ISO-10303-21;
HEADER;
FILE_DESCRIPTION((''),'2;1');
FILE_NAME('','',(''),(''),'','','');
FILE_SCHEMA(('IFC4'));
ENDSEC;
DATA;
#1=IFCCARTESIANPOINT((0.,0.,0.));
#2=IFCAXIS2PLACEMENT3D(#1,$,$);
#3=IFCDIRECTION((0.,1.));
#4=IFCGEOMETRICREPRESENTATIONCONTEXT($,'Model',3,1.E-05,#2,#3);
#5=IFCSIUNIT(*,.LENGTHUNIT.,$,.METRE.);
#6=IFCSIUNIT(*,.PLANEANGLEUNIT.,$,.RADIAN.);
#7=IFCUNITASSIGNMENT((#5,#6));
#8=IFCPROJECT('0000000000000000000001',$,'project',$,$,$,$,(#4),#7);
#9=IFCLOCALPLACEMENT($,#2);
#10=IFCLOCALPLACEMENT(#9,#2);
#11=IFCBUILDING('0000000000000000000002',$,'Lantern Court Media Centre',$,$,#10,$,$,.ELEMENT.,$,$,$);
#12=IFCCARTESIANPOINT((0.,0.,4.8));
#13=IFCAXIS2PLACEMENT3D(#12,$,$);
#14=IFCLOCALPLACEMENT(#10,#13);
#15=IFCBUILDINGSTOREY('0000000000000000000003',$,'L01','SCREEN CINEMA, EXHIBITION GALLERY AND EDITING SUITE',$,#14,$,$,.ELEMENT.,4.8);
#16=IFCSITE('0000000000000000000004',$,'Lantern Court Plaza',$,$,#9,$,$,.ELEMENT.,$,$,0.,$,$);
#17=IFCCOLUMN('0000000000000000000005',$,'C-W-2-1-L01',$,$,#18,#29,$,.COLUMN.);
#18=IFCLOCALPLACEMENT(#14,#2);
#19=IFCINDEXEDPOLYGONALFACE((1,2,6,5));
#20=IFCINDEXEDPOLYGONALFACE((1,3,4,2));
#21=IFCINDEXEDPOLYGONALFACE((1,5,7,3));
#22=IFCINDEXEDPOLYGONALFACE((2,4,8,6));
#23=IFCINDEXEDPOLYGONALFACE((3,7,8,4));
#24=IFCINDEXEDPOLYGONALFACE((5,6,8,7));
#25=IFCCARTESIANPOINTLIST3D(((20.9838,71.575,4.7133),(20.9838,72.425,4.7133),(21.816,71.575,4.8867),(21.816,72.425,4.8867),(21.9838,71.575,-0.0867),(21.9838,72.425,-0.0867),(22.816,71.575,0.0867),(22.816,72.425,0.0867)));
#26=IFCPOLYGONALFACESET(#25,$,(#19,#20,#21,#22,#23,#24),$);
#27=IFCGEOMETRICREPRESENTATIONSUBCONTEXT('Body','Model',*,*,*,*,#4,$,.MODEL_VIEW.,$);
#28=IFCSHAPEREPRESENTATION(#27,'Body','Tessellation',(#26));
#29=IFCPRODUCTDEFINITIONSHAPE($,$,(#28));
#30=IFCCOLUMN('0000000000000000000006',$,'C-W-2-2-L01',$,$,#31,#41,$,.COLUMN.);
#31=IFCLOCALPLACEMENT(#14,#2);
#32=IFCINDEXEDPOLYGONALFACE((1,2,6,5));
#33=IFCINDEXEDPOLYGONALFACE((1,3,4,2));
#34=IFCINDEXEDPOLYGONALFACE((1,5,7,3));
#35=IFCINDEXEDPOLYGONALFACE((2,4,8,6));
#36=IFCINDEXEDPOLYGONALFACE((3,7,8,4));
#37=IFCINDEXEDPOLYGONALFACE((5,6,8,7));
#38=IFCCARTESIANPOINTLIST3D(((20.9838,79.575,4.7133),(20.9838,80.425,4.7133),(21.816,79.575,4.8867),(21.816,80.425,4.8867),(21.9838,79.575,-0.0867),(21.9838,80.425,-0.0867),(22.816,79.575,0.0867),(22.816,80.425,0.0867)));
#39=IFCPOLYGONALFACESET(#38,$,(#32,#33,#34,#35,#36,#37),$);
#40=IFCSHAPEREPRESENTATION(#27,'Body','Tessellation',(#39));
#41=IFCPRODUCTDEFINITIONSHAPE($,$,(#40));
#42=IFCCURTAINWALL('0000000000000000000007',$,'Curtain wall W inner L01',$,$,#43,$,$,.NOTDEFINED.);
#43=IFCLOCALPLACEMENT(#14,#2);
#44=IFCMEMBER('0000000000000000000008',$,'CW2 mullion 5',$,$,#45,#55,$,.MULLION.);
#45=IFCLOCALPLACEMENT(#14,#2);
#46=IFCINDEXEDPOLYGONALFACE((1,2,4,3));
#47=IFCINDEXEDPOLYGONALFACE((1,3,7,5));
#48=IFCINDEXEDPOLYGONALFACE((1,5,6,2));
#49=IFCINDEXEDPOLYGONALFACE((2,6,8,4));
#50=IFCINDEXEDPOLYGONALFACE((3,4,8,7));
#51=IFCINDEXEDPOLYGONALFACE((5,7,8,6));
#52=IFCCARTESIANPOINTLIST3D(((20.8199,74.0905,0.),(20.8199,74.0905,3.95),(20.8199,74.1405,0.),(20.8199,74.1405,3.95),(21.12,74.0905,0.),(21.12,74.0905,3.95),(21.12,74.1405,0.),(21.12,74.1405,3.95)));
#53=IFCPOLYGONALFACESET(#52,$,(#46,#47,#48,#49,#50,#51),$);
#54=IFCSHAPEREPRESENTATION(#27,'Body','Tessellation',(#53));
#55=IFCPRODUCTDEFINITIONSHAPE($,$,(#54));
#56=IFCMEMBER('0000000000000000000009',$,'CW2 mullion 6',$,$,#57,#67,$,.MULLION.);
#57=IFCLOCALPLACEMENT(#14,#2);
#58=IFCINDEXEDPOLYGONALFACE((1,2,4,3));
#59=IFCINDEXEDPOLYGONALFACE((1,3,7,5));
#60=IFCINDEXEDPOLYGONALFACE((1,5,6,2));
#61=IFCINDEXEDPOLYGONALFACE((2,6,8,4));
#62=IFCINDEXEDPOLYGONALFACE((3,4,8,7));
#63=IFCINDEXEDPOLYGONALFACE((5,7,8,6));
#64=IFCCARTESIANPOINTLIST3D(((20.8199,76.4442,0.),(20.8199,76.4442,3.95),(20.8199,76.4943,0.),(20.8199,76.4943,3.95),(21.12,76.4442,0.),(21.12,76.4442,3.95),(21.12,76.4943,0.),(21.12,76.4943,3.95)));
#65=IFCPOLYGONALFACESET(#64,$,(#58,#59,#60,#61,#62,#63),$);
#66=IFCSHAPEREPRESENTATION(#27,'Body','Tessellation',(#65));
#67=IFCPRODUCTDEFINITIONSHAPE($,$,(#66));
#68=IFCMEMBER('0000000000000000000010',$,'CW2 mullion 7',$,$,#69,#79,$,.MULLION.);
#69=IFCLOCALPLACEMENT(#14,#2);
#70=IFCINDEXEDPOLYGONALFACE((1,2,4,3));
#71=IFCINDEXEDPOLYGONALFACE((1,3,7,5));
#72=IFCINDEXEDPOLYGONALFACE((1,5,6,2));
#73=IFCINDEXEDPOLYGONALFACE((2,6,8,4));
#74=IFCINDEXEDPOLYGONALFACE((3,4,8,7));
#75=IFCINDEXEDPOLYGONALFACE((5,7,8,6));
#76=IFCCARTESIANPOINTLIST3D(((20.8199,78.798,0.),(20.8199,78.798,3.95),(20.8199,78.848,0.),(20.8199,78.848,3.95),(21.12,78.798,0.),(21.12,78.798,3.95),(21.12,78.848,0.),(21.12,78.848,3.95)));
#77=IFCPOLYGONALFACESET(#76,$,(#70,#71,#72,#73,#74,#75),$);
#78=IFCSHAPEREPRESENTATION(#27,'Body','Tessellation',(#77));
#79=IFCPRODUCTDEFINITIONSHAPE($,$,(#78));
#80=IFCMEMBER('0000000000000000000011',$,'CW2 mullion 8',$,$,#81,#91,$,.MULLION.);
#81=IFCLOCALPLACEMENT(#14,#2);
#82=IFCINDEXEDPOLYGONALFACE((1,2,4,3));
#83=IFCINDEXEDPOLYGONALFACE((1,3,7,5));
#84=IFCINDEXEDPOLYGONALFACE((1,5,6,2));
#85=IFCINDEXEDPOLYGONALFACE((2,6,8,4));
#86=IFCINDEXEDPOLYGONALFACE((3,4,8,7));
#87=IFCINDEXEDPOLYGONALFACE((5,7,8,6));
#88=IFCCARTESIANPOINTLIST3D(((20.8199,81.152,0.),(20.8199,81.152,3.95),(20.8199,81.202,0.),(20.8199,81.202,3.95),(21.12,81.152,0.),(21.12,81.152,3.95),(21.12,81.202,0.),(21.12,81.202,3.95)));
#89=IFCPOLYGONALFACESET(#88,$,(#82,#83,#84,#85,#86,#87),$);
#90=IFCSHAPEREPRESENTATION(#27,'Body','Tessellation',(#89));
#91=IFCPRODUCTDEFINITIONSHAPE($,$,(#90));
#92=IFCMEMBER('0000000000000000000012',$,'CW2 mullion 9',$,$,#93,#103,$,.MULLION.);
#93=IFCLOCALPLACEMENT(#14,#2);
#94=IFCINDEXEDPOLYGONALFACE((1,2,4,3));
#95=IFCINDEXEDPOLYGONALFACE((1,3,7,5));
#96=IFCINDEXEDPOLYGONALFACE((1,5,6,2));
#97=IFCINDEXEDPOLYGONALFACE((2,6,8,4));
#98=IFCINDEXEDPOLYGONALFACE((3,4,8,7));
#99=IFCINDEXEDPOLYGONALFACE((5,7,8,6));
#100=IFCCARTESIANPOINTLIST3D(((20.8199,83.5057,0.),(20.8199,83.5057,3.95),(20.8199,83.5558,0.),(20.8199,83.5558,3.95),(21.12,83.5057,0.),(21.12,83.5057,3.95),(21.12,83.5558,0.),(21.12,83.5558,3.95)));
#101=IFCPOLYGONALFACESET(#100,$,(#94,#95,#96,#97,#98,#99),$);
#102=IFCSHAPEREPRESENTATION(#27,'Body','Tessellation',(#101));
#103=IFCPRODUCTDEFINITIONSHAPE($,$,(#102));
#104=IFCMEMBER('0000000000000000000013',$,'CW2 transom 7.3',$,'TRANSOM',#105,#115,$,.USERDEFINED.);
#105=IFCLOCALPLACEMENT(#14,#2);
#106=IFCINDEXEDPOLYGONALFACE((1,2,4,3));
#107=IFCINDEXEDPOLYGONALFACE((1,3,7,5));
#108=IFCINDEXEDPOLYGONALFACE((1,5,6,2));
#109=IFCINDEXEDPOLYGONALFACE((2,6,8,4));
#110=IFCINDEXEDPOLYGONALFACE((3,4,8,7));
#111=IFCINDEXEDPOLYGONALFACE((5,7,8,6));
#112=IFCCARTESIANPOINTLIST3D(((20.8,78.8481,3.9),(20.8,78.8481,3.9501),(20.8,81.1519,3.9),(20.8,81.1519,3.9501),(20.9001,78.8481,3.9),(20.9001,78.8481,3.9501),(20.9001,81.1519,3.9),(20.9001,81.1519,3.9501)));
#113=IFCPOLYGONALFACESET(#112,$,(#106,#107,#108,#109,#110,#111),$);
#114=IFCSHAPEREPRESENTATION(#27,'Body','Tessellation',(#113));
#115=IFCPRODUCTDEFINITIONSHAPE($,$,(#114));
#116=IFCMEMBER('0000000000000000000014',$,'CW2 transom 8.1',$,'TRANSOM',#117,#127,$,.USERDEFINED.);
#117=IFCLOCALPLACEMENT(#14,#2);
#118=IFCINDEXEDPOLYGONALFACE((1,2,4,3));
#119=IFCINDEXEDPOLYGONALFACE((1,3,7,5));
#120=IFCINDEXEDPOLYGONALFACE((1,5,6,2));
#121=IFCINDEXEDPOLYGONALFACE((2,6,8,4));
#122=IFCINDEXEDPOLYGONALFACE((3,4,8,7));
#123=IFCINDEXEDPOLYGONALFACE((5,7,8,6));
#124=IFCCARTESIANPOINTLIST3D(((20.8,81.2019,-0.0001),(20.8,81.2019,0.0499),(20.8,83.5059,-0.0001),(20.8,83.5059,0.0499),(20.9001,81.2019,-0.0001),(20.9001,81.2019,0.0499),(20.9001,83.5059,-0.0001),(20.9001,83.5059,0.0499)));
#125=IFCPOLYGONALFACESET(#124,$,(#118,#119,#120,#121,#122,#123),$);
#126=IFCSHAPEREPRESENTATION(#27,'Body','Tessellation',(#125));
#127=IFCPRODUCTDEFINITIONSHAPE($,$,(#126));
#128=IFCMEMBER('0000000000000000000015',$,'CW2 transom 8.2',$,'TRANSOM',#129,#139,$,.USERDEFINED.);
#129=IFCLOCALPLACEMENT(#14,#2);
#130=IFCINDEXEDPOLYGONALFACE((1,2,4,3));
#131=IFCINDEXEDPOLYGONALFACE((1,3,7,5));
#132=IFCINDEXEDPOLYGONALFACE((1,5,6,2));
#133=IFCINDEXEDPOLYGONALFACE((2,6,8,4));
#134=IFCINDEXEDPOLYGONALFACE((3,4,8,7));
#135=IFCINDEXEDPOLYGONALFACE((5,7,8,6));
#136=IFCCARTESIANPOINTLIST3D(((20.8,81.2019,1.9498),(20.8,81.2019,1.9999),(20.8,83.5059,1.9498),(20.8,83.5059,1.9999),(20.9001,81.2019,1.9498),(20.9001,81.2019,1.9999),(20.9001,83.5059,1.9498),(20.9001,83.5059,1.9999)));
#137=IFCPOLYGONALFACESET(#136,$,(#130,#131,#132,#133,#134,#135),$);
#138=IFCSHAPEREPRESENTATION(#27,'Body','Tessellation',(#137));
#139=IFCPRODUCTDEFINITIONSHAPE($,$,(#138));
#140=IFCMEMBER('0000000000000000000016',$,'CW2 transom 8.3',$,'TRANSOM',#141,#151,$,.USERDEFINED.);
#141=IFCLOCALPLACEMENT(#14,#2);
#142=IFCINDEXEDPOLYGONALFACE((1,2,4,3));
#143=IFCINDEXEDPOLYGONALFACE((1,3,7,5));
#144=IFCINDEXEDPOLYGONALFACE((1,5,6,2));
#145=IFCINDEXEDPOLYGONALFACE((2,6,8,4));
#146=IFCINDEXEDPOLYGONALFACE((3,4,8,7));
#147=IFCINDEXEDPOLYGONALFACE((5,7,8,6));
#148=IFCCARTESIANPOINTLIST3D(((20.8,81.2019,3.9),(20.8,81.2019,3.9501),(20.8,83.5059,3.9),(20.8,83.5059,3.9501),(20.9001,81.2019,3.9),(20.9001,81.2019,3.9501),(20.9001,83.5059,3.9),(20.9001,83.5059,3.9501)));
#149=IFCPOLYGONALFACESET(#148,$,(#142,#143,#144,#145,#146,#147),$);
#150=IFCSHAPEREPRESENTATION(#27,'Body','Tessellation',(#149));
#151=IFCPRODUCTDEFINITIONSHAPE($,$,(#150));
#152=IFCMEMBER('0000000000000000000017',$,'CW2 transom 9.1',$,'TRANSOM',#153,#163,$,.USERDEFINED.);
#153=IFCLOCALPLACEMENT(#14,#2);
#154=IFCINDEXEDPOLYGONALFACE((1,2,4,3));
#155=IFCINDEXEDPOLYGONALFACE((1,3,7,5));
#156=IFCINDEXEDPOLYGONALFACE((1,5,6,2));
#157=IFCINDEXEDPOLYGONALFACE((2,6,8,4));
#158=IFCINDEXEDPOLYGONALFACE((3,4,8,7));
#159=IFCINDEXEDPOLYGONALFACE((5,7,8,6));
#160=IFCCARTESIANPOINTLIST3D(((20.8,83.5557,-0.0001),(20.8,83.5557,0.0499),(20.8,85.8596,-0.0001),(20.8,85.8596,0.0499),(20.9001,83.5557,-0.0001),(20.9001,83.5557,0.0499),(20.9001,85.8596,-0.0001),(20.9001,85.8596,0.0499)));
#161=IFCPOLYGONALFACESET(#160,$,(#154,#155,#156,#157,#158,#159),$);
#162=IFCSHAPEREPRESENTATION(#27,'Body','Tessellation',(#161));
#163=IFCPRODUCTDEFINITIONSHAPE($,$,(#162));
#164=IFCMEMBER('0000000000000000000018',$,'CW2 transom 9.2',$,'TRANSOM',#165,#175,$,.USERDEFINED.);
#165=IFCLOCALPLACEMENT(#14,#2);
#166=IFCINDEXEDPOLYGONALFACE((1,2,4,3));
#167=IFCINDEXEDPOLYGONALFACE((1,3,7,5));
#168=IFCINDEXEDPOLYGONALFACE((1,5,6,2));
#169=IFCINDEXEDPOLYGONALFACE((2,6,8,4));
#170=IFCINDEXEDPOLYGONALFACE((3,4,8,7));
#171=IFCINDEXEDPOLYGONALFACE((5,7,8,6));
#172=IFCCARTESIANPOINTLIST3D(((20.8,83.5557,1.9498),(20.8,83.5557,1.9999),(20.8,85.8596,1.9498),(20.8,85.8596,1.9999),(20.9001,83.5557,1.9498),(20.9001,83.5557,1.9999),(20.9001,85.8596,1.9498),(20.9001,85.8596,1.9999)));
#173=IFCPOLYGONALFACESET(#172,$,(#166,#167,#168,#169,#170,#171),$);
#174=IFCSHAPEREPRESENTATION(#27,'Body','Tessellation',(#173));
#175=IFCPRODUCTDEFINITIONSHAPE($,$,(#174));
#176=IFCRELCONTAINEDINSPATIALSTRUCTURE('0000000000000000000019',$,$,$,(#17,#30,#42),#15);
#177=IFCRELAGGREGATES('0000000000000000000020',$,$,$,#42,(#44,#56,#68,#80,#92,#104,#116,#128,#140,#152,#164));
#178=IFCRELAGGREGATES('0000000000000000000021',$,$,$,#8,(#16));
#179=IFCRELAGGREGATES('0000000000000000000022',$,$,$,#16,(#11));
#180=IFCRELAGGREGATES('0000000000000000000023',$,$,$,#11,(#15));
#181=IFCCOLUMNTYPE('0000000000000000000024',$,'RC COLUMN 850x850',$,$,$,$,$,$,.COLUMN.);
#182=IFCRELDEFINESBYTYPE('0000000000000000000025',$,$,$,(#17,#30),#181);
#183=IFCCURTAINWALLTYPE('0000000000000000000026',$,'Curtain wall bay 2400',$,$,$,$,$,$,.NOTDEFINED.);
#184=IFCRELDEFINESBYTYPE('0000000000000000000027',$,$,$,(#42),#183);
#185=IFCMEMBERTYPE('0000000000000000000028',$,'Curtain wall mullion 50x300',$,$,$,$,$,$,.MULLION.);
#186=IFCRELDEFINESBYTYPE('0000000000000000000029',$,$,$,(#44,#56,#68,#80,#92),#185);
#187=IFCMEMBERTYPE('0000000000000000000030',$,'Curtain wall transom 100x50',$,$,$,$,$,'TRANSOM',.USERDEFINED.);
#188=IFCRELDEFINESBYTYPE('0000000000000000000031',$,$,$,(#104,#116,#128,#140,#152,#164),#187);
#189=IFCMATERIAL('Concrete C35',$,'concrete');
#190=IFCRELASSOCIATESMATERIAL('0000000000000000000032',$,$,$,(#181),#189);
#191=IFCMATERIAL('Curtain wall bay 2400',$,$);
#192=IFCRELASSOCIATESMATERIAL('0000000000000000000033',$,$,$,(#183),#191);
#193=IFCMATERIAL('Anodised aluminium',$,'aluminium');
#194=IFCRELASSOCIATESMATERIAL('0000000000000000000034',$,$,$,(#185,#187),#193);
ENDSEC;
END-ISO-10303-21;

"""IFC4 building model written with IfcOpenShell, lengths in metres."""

from ifc_helpers import new_model, si_unit, direction, frame, origin, origin_2d, place, context, subcontext, project, spatial, rectangle, extrude, material, material_profile, profile_set, type_object, element, aggregate, save


model = new_model("IFC4")

# Units and contexts
model_context = context("Model", 3, precision=1e-05, world=origin(), true_north=direction((0.0, 1.0)))
body_context = subcontext(model_context, "Body", "Model", "MODEL_VIEW")
ifc_project = project(units=[si_unit("LENGTHUNIT", "METRE"), si_unit("PLANEANGLEUNIT", "RADIAN")], contexts=[model_context])

# Site, building, storey
site_placement = place(None, origin())
site = spatial("IfcSite", under=ifc_project, at=site_placement, Name="Lantern Court Plaza", CompositionType="ELEMENT", RefElevation=0.0)
building_placement = place(site_placement, origin())
building = spatial("IfcBuilding", under=site, at=building_placement, Name="Lantern Court Media Centre", CompositionType="ELEMENT")
storey_placement = place(building_placement, frame((0.0, 0.0, 4.8)))
storey = spatial("IfcBuildingStorey", under=building, at=storey_placement, Name="L01", Description="SCREEN CINEMA, EXHIBITION GALLERY AND EDITING SUITE", CompositionType="ELEMENT", Elevation=4.8)

# Columns
ifc_material_1 = material(Name="Concrete C35", Category="concrete")
ifc_material_profile_1 = material_profile(ifc_material_1, rectangle(XDim=0.8501, YDim=0.8501, at=origin_2d()), Name="RC 850x850")
ifc_profile_set_1 = profile_set([ifc_material_profile_1], Name="Concrete C35")
column_type = type_object("IfcColumnType", Name="RC COLUMN 850x850", PredefinedType="COLUMN", material=ifc_profile_set_1)
for number, where, z_axis, x_axis, name in (
    (1, (22.3999, 72.0, 0.0), (-0.203952, 0.0, 0.978981), (0.0, -1.0, 0.0), "C-W-2-1-L01"),
    (2, (22.3999, 80.0, 0.0), (-0.203952, 0.0, 0.978981), (0.0, -1.0, 0.0), "C-W-2-2-L01"),
):
    element("IfcColumn", number, at=place(storey_placement, frame(where, z_axis=z_axis, x_axis=x_axis)), inside=storey, type_object=column_type, Name=name, PredefinedType="COLUMN", context=body_context, shape_type="SweptSolid", body=[
        extrude(rectangle(XDim=0.8501, YDim=0.8501, at=origin_2d()), origin(), (0.0, 0.0, 1.0), 4.9031),
    ])

# Curtain wall, members
ifc_material_2 = material(Name="Curtain wall bay 2400")
curtain_wall_type = type_object("IfcCurtainWallType", Name="Curtain wall bay 2400", PredefinedType="NOTDEFINED", material=ifc_material_2)
curtain_wall_placement = place(storey_placement, origin())
curtain_wall = element("IfcCurtainWall", 3, at=curtain_wall_placement, inside=storey, type_object=curtain_wall_type, Name="Curtain wall W inner L01", PredefinedType="NOTDEFINED")
ifc_material_3 = material(Name="Anodised aluminium", Category="aluminium")
ifc_material_profile_2 = material_profile(ifc_material_3, rectangle(XDim=0.3, YDim=0.05, at=origin_2d()), Name="AL 50x300")
ifc_profile_set_2 = profile_set([ifc_material_profile_2], Name="Anodised aluminium")
member_type_1 = type_object("IfcMemberType", Name="Curtain wall mullion 50x300", PredefinedType="MULLION", material=ifc_profile_set_2)
member_1_placement = place(storey_placement, frame((20.97, 74.1155, 0.0), z_axis=(0.0, 0.0, 1.0), x_axis=(-1.0, 0.0, 0.0)))
member_1 = element("IfcMember", 4, at=member_1_placement, type_object=member_type_1, Name="CW2 mullion 5", PredefinedType="MULLION", context=body_context, shape_type="SweptSolid", body=[
    extrude(rectangle(XDim=0.3, YDim=0.05, at=origin_2d()), origin(), (0.0, 0.0, 1.0), 3.95),
])
member_2_placement = place(storey_placement, frame((20.97, 76.4692, 0.0), z_axis=(0.0, 0.0, 1.0), x_axis=(-1.0, 0.0, 0.0)))
member_2 = element("IfcMember", 5, at=member_2_placement, type_object=member_type_1, Name="CW2 mullion 6", PredefinedType="MULLION", context=body_context, shape_type="SweptSolid", body=[
    extrude(rectangle(XDim=0.3, YDim=0.05, at=origin_2d()), origin(), (0.0, 0.0, 1.0), 3.95),
])
member_3_placement = place(storey_placement, frame((20.97, 78.823, 0.0), z_axis=(0.0, 0.0, 1.0), x_axis=(-1.0, 0.0, 0.0)))
member_3 = element("IfcMember", 6, at=member_3_placement, type_object=member_type_1, Name="CW2 mullion 7", PredefinedType="MULLION", context=body_context, shape_type="SweptSolid", body=[
    extrude(rectangle(XDim=0.3, YDim=0.05, at=origin_2d()), origin(), (0.0, 0.0, 1.0), 3.95),
])
member_4_placement = place(storey_placement, frame((20.97, 81.177, 0.0), z_axis=(0.0, 0.0, 1.0), x_axis=(-1.0, 0.0, 0.0)))
member_4 = element("IfcMember", 7, at=member_4_placement, type_object=member_type_1, Name="CW2 mullion 8", PredefinedType="MULLION", context=body_context, shape_type="SweptSolid", body=[
    extrude(rectangle(XDim=0.3, YDim=0.05, at=origin_2d()), origin(), (0.0, 0.0, 1.0), 3.95),
])
member_5_placement = place(storey_placement, frame((20.97, 83.5308, 0.0), z_axis=(0.0, 0.0, 1.0), x_axis=(-1.0, 0.0, 0.0)))
member_5 = element("IfcMember", 8, at=member_5_placement, type_object=member_type_1, Name="CW2 mullion 9", PredefinedType="MULLION", context=body_context, shape_type="SweptSolid", body=[
    extrude(rectangle(XDim=0.3, YDim=0.05, at=origin_2d()), origin(), (0.0, 0.0, 1.0), 3.95),
])
ifc_material_profile_3 = material_profile(ifc_material_3, rectangle(XDim=0.1001, YDim=0.05, at=origin_2d()), Name="AL 50x100")
ifc_profile_set_3 = profile_set([ifc_material_profile_3], Name="Anodised aluminium")
member_type_2 = type_object("IfcMemberType", Name="Curtain wall transom 100x50", ElementType="TRANSOM", PredefinedType="USERDEFINED", material=ifc_profile_set_3)
member_6_placement = place(storey_placement, frame((20.8501, 78.8481, 3.925), z_axis=(0.0, 1.0, 0.0), x_axis=(-1.0, 0.0, 0.0)))
member_6 = element("IfcMember", 9, at=member_6_placement, type_object=member_type_2, Name="CW2 transom 7.3", ObjectType="TRANSOM", PredefinedType="USERDEFINED", context=body_context, shape_type="SweptSolid", body=[
    extrude(rectangle(XDim=0.1001, YDim=0.05, at=origin_2d()), origin(), (0.0, 0.0, 1.0), 2.3037),
])
member_7_placement = place(storey_placement, frame((20.8501, 81.2019, 0.0249), z_axis=(0.0, 1.0, 0.0), x_axis=(-1.0, 0.0, 0.0)))
member_7 = element("IfcMember", 10, at=member_7_placement, type_object=member_type_2, Name="CW2 transom 8.1", ObjectType="TRANSOM", PredefinedType="USERDEFINED", context=body_context, shape_type="SweptSolid", body=[
    extrude(rectangle(XDim=0.1001, YDim=0.05, at=origin_2d()), origin(), (0.0, 0.0, 1.0), 2.304),
])
member_8_placement = place(storey_placement, frame((20.8501, 81.2019, 1.9749), z_axis=(0.0, 1.0, 0.0), x_axis=(-1.0, 0.0, 0.0)))
member_8 = element("IfcMember", 11, at=member_8_placement, type_object=member_type_2, Name="CW2 transom 8.2", ObjectType="TRANSOM", PredefinedType="USERDEFINED", context=body_context, shape_type="SweptSolid", body=[
    extrude(rectangle(XDim=0.1001, YDim=0.05, at=origin_2d()), origin(), (0.0, 0.0, 1.0), 2.304),
])
member_9_placement = place(storey_placement, frame((20.8501, 81.2019, 3.925), z_axis=(0.0, 1.0, 0.0), x_axis=(-1.0, 0.0, 0.0)))
member_9 = element("IfcMember", 12, at=member_9_placement, type_object=member_type_2, Name="CW2 transom 8.3", ObjectType="TRANSOM", PredefinedType="USERDEFINED", context=body_context, shape_type="SweptSolid", body=[
    extrude(rectangle(XDim=0.1001, YDim=0.05, at=origin_2d()), origin(), (0.0, 0.0, 1.0), 2.304),
])
member_10_placement = place(storey_placement, frame((20.8501, 83.5557, 0.0249), z_axis=(0.0, 1.0, 0.0), x_axis=(-1.0, 0.0, 0.0)))
member_10 = element("IfcMember", 13, at=member_10_placement, type_object=member_type_2, Name="CW2 transom 9.1", ObjectType="TRANSOM", PredefinedType="USERDEFINED", context=body_context, shape_type="SweptSolid", body=[
    extrude(rectangle(XDim=0.1001, YDim=0.05, at=origin_2d()), origin(), (0.0, 0.0, 1.0), 2.304),
])
member_11_placement = place(storey_placement, frame((20.8501, 83.5557, 1.9749), z_axis=(0.0, 1.0, 0.0), x_axis=(-1.0, 0.0, 0.0)))
member_11 = element("IfcMember", 14, at=member_11_placement, type_object=member_type_2, Name="CW2 transom 9.2", ObjectType="TRANSOM", PredefinedType="USERDEFINED", context=body_context, shape_type="SweptSolid", body=[
    extrude(rectangle(XDim=0.1001, YDim=0.05, at=origin_2d()), origin(), (0.0, 0.0, 1.0), 2.304),
])

aggregate(curtain_wall, [member_1, member_2, member_3, member_4, member_5, member_6, member_7, member_8, member_9, member_10, member_11])

save(model, "model.ifc")
